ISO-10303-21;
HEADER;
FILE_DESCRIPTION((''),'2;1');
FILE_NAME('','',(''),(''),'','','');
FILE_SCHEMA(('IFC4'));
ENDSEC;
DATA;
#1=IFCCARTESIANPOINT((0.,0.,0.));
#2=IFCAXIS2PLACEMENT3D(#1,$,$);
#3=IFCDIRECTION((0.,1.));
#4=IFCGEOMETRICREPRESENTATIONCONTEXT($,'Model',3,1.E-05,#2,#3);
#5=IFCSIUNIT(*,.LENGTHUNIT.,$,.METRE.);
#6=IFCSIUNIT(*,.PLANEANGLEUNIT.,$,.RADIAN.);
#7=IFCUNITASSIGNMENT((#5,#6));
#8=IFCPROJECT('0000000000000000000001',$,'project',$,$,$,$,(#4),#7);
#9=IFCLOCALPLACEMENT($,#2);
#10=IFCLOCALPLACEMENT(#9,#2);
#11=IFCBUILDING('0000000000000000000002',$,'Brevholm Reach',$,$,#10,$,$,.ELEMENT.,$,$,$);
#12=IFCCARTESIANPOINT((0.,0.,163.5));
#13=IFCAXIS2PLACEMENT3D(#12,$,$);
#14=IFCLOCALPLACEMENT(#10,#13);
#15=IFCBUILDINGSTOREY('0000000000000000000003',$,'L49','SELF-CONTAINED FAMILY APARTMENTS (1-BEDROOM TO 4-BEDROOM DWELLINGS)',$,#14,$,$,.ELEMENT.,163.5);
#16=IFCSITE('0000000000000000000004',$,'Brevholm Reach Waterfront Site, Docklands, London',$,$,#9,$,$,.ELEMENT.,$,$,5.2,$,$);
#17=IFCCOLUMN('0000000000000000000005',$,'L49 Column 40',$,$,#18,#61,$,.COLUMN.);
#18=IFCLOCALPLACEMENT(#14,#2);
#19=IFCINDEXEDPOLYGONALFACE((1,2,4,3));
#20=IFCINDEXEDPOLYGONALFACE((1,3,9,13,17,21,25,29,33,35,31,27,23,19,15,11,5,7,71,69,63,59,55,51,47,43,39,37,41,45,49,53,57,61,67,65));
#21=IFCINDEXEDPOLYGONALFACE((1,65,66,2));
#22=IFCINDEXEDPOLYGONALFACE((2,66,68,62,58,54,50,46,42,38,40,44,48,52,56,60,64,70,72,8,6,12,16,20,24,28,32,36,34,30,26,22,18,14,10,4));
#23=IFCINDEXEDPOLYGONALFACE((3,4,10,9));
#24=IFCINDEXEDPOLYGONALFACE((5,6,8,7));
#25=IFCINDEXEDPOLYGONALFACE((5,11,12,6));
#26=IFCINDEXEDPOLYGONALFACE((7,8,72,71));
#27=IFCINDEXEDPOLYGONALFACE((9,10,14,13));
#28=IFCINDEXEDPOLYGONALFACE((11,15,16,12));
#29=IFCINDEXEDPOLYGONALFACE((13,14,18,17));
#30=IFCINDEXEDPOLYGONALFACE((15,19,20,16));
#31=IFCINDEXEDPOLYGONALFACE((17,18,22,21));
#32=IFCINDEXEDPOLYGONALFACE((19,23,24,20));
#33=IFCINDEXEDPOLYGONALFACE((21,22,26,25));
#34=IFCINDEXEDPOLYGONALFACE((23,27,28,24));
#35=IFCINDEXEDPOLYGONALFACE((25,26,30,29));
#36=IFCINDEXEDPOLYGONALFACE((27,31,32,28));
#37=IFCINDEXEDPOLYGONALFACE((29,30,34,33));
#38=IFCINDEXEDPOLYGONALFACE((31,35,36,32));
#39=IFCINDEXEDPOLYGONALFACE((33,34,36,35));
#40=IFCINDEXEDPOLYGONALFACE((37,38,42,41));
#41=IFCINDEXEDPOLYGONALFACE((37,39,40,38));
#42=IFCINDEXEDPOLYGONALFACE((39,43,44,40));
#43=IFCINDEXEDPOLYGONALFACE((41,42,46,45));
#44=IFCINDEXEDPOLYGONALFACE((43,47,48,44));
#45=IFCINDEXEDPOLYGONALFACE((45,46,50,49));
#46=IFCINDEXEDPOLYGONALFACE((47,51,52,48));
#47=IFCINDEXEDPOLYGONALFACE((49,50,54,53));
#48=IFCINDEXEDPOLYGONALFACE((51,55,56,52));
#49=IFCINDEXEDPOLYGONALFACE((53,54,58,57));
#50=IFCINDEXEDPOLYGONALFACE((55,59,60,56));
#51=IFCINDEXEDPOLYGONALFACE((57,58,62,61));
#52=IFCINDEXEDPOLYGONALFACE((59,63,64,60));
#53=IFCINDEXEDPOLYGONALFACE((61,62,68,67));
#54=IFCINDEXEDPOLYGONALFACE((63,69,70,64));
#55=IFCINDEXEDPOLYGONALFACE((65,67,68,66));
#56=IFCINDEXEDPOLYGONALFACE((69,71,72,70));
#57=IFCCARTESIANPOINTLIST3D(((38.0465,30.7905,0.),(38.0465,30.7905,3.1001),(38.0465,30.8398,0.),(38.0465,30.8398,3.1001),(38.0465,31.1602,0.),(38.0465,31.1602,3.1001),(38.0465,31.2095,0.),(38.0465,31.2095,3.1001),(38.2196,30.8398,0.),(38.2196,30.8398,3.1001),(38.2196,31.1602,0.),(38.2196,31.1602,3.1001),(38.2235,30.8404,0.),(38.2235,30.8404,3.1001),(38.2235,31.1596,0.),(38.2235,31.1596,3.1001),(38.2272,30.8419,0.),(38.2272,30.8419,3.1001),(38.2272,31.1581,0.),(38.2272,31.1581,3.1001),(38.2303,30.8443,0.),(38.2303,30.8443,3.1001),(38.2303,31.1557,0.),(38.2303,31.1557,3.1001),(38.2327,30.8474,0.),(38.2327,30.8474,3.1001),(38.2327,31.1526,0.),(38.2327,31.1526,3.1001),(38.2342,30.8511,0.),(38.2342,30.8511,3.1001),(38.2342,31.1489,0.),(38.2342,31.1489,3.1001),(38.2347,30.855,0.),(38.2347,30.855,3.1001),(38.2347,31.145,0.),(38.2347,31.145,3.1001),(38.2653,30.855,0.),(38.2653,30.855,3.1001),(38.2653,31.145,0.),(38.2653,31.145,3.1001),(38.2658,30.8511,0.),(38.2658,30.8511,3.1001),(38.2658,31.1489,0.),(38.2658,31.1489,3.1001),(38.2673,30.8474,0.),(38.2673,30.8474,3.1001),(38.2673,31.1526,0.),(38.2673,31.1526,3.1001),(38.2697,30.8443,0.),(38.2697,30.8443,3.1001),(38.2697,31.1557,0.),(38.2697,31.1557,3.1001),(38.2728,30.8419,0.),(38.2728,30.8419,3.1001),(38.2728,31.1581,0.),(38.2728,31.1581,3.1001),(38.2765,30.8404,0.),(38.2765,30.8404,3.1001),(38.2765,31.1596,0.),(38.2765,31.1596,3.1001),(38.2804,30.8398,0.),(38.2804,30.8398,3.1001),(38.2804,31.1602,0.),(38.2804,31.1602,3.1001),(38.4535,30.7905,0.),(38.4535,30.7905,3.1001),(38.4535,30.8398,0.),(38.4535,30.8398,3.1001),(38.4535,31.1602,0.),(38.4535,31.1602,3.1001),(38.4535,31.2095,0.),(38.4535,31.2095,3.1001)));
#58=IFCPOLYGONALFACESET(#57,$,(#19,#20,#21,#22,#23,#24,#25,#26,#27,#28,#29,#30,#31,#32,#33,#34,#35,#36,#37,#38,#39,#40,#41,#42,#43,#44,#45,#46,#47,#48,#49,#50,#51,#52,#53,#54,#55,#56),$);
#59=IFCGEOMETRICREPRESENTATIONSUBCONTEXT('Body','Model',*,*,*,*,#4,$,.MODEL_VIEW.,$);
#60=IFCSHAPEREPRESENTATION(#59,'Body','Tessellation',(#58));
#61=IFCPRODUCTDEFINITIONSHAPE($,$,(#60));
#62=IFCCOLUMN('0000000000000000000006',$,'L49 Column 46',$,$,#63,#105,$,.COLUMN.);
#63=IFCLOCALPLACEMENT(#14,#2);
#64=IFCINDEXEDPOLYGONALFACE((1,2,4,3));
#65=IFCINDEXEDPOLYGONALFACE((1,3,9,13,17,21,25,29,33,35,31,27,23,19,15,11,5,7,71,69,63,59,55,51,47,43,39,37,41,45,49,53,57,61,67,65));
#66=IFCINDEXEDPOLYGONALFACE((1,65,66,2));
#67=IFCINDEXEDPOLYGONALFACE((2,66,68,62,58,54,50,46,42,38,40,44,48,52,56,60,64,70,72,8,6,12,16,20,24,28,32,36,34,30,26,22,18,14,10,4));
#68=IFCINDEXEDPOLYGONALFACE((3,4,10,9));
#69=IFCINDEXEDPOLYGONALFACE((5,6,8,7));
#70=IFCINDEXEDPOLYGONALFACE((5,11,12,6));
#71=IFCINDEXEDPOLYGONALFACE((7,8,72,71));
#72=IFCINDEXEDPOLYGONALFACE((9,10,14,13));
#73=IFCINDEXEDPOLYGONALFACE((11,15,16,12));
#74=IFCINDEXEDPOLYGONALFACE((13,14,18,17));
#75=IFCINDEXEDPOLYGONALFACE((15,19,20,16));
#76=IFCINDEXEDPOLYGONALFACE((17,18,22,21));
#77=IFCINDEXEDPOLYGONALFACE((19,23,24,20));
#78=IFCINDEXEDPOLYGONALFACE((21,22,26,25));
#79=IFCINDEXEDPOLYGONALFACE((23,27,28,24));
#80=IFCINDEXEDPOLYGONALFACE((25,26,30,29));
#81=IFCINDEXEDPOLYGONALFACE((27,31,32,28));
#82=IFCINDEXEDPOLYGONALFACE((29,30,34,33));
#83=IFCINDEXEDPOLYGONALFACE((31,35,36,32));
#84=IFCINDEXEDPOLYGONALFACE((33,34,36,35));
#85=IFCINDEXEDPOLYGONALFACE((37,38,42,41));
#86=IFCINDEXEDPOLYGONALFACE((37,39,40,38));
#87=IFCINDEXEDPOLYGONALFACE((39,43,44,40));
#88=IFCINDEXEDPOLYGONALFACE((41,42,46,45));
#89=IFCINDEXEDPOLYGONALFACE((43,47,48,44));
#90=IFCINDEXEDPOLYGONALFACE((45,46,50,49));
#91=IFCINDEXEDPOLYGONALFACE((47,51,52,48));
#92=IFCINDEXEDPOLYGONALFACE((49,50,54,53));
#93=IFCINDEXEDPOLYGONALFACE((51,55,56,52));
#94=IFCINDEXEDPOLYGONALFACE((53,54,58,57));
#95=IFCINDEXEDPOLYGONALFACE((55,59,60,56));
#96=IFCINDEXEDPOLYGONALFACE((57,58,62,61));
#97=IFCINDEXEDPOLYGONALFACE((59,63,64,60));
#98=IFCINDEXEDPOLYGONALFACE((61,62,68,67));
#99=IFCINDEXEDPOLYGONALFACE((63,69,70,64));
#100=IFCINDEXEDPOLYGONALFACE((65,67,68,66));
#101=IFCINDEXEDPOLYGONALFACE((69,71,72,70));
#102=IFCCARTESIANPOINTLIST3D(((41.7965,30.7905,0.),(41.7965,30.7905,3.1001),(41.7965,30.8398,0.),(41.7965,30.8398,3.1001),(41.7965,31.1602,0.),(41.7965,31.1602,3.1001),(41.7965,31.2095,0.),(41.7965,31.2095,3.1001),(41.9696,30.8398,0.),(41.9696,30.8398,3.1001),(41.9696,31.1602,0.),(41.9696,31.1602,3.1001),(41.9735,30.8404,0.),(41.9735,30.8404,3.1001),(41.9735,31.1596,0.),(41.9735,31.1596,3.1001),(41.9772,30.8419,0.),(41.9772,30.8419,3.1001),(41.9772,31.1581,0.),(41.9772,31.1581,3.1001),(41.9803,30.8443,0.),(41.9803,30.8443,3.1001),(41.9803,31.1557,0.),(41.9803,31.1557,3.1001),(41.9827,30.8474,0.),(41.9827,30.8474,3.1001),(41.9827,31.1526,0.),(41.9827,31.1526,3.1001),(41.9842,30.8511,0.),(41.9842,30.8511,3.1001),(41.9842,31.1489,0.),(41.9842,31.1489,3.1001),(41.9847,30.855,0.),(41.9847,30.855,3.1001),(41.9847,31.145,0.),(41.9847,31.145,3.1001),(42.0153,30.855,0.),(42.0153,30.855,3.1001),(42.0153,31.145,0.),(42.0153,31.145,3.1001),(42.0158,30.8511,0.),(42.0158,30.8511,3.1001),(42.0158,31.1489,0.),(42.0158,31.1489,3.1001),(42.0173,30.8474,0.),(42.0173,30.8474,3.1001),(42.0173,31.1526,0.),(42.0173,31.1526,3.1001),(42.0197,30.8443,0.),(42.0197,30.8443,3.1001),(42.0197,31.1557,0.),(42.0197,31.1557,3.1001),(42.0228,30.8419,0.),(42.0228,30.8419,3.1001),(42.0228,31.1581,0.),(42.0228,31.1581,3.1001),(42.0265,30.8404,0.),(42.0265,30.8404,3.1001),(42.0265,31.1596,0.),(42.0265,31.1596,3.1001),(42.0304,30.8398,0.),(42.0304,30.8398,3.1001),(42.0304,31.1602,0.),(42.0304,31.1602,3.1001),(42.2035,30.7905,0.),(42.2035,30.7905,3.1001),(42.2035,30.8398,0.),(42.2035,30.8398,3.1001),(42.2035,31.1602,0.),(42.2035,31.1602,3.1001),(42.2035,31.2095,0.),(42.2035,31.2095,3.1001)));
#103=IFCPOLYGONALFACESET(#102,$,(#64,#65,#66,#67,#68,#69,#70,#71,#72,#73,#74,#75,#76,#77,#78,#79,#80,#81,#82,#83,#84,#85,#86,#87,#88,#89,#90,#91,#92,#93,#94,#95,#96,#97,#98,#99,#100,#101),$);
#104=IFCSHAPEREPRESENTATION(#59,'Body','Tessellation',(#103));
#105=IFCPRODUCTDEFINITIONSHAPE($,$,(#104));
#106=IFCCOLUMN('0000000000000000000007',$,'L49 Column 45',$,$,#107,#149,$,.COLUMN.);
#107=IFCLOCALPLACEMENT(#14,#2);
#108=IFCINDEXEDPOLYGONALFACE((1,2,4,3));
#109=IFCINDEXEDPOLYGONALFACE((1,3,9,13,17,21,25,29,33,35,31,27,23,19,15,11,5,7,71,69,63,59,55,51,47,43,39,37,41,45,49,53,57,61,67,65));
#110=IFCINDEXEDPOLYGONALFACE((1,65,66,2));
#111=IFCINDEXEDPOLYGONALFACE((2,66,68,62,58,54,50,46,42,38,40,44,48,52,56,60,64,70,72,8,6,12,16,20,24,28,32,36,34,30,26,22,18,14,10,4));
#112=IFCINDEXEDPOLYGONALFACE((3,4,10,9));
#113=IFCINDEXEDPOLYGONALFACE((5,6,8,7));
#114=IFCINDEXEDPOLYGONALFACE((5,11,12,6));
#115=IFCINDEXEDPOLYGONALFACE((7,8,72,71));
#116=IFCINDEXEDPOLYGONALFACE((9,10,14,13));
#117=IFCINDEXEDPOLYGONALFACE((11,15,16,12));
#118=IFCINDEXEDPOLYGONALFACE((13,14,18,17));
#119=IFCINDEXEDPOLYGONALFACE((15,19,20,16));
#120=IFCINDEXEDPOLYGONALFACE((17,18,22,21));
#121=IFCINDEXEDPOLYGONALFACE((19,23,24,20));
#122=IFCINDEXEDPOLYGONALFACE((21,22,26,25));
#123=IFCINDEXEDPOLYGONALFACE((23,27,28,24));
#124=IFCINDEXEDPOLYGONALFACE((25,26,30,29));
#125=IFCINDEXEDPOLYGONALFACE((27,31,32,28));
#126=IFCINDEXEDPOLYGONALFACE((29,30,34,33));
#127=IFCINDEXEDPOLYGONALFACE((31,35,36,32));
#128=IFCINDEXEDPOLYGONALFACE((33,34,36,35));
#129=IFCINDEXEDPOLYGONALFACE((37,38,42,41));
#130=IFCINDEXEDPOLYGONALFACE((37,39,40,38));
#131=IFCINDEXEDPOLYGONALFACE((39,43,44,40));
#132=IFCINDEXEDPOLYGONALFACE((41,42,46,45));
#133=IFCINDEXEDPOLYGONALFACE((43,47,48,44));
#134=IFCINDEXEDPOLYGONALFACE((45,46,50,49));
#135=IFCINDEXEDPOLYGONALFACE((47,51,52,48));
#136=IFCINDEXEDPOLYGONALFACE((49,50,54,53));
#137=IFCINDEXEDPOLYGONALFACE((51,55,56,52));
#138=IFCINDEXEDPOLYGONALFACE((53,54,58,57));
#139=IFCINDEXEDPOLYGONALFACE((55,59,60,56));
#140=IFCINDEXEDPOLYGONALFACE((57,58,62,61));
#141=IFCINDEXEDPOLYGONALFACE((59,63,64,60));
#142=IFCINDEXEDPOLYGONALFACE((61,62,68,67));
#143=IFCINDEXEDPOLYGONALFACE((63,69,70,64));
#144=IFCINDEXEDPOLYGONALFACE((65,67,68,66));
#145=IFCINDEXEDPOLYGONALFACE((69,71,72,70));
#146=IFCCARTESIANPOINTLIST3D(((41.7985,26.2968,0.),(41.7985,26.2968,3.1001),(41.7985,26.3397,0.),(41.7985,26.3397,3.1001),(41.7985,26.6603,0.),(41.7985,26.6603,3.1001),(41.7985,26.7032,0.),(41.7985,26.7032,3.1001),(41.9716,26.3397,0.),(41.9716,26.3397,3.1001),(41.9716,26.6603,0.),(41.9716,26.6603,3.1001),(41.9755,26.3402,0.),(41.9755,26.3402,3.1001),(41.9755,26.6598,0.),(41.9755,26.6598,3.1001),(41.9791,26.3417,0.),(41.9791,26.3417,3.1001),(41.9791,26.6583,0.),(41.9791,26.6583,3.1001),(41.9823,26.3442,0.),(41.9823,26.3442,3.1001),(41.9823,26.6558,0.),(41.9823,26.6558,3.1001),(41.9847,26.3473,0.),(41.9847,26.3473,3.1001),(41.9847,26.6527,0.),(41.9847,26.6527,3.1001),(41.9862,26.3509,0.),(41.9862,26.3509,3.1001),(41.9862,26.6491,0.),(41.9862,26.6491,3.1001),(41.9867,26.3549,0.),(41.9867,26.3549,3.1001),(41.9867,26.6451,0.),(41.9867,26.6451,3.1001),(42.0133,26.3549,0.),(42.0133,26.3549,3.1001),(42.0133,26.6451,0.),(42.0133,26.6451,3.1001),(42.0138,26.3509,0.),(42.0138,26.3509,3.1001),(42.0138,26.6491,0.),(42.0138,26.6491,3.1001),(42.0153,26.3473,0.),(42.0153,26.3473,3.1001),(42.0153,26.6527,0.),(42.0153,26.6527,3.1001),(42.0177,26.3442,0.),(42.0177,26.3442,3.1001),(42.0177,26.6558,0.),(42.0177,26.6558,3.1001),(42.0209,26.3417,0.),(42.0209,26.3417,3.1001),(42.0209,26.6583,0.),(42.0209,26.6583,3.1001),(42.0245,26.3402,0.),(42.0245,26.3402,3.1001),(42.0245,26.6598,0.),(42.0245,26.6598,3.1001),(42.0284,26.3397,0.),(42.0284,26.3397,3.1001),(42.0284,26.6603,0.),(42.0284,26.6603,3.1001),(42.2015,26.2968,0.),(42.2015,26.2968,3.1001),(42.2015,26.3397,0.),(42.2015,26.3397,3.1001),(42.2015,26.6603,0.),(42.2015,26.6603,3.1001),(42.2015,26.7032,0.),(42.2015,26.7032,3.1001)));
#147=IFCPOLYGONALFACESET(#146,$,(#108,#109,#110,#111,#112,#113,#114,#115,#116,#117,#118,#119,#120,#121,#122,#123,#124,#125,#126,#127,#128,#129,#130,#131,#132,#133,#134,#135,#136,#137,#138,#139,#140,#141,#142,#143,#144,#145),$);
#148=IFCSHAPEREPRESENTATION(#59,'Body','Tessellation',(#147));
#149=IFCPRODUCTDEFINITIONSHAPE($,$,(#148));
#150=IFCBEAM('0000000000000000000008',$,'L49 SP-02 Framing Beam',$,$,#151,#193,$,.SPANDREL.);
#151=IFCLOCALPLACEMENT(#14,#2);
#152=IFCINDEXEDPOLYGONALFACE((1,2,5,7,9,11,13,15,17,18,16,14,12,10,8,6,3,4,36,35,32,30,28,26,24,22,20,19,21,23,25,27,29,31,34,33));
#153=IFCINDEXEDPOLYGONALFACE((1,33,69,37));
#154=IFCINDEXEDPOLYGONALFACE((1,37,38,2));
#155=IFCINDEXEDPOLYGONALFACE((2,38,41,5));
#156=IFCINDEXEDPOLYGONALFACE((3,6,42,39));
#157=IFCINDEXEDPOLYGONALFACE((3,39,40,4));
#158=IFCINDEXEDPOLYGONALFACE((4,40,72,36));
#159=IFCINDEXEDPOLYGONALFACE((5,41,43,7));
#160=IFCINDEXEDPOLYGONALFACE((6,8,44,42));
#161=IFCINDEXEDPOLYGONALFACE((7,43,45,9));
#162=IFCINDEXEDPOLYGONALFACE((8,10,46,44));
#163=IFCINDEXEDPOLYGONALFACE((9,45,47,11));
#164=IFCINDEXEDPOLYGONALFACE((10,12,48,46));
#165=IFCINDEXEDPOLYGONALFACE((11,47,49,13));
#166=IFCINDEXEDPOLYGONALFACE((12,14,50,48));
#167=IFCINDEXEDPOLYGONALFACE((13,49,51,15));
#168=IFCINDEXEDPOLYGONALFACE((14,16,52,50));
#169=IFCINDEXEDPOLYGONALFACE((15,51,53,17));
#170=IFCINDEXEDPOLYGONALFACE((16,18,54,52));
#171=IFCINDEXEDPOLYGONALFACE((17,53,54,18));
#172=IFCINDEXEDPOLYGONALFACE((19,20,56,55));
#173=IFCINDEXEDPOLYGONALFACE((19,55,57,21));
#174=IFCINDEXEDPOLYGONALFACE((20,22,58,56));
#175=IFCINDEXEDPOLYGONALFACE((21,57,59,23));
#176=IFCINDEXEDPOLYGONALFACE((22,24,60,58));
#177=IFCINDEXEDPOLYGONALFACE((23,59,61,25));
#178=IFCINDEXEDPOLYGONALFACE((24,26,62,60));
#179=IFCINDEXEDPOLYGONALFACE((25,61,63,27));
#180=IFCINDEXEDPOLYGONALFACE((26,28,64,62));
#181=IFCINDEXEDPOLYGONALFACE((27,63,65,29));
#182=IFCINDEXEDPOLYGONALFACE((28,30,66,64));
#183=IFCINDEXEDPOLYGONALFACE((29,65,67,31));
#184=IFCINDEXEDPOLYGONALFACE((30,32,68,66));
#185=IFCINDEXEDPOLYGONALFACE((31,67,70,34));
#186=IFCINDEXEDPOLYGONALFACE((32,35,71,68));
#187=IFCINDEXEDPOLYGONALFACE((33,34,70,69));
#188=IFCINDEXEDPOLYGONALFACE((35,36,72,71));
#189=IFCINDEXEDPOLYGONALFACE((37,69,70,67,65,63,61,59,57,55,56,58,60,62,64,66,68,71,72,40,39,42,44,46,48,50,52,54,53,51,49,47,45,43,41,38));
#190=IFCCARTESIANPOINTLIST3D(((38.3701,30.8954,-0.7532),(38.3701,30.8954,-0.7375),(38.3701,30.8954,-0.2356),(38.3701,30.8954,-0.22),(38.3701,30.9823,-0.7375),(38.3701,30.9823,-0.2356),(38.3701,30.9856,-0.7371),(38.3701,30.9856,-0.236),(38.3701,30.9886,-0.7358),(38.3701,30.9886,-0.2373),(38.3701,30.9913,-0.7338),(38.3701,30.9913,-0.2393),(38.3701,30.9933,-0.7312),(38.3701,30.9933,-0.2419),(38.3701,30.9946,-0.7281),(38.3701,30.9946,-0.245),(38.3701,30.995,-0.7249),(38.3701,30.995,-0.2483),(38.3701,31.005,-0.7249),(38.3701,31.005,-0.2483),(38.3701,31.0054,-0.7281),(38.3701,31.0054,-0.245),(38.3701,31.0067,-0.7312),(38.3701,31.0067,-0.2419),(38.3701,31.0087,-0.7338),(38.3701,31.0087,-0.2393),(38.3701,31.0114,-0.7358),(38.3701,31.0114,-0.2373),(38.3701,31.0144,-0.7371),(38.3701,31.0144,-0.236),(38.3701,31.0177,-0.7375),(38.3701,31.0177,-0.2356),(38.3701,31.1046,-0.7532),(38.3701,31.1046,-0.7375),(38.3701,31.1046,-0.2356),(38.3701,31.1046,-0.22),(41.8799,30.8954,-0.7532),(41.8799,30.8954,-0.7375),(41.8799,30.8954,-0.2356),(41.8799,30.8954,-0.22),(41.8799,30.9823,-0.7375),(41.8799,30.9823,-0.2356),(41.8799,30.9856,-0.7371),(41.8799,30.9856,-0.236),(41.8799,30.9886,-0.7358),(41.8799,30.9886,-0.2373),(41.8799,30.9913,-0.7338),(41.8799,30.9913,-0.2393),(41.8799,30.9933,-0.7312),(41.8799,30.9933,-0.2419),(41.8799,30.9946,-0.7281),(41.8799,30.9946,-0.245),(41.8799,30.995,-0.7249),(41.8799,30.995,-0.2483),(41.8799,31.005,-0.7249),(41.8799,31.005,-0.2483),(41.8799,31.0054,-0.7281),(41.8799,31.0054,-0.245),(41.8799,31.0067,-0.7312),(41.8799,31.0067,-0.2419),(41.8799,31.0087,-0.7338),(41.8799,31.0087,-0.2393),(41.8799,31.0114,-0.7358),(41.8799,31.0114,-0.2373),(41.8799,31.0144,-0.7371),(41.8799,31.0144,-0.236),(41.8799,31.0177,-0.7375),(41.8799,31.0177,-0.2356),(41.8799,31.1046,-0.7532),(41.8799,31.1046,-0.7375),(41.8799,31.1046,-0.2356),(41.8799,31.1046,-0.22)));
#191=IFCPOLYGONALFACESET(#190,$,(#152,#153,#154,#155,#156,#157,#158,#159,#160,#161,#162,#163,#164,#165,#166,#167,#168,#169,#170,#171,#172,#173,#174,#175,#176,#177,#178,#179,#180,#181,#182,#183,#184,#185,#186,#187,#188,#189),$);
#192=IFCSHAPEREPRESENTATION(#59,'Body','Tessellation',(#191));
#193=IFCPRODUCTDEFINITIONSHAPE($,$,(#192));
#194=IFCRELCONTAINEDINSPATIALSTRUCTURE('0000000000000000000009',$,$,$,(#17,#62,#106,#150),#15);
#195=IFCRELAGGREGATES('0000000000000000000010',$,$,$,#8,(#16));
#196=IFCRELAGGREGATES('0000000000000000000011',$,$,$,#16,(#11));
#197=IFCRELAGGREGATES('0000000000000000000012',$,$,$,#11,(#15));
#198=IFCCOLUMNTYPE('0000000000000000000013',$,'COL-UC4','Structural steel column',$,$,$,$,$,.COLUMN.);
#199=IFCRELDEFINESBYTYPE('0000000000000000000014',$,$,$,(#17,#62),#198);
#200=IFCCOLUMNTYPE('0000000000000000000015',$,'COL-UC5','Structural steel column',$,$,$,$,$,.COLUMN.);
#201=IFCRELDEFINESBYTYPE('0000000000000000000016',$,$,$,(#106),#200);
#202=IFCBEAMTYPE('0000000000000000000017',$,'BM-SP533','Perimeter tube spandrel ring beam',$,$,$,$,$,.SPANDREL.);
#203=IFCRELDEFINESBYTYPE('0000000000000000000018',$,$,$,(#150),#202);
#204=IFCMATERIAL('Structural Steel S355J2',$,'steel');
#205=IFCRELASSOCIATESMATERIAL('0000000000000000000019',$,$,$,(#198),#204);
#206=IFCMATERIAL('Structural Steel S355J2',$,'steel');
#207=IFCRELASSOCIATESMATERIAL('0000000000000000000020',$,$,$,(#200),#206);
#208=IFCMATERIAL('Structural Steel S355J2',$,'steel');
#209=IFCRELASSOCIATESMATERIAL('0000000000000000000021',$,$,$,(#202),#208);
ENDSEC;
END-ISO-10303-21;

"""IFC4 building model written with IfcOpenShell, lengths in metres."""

from ifc_helpers import new_model, si_unit, direction, frame, origin, origin_2d, place, context, subcontext, project, spatial, i_section, extrude, material, material_profile, profile_set, type_object, element, save


model = new_model("IFC4")

# Units and contexts
model_context = context("Model", 3, precision=1e-05, world=origin(), true_north=direction((0.0, 1.0)))
body_context = subcontext(model_context, "Body", "Model", "MODEL_VIEW")
ifc_project = project(units=[si_unit("LENGTHUNIT", "METRE"), si_unit("PLANEANGLEUNIT", "RADIAN")], contexts=[model_context])

# Site, building, storey
site_placement = place(None, origin())
site = spatial("IfcSite", under=ifc_project, at=site_placement, Name="Brevholm Reach Waterfront Site, Docklands, London", CompositionType="ELEMENT", RefElevation=5.2)
building_placement = place(site_placement, origin())
building = spatial("IfcBuilding", under=site, at=building_placement, Name="Brevholm Reach", CompositionType="ELEMENT")
storey_placement = place(building_placement, frame((0.0, 0.0, 163.5)))
storey = spatial("IfcBuildingStorey", under=building, at=storey_placement, Name="L49", Description="SELF-CONTAINED FAMILY APARTMENTS (1-BEDROOM TO 4-BEDROOM DWELLINGS)", CompositionType="ELEMENT", Elevation=163.5)

# Columns
ifc_material_1 = material(Name="Structural Steel S355J2", Category="steel")
ifc_material_profile_1 = material_profile(ifc_material_1, i_section(OverallWidth=0.407, OverallDepth=0.4189, WebThickness=0.0305, FlangeThickness=0.0493, FilletRadius=0.0151, at=origin_2d()), Name="UKC 356x406x393")
ifc_profile_set_1 = profile_set([ifc_material_profile_1], Name="Structural Steel S355J2")
column_type_1 = type_object("IfcColumnType", Name="COL-UC4", Description="Structural steel column", PredefinedType="COLUMN", material=ifc_profile_set_1)
for number, where, z_axis, x_axis, name in (
    (1, (38.25, 31.0, 0.0), (0.0, 0.0, 1.0), (1.0, 0.0, 0.0), "L49 Column 40"),
    (2, (42.0, 31.0, 0.0), (0.0, 0.0, 1.0), (1.0, 0.0, 0.0), "L49 Column 46"),
):
    element("IfcColumn", number, at=place(storey_placement, frame(where, z_axis=z_axis, x_axis=x_axis)), inside=storey, type_object=column_type_1, Name=name, PredefinedType="COLUMN", context=body_context, shape_type="SweptSolid", body=[
        extrude(i_section(OverallWidth=0.407, OverallDepth=0.4189, WebThickness=0.0305, FlangeThickness=0.0493, FilletRadius=0.0151, at=origin_2d()), origin(), (0.0, 0.0, 1.0), 3.1001),
    ])
ifc_material_2 = material(Name="Structural Steel S355J2", Category="steel")
ifc_material_profile_2 = material_profile(ifc_material_2, i_section(OverallWidth=0.4031, OverallDepth=0.4065, WebThickness=0.0266, FlangeThickness=0.043, FilletRadius=0.0151, at=origin_2d()), Name="UKC 356x406x340")
ifc_profile_set_2 = profile_set([ifc_material_profile_2], Name="Structural Steel S355J2")
column_type_2 = type_object("IfcColumnType", Name="COL-UC5", Description="Structural steel column", PredefinedType="COLUMN", material=ifc_profile_set_2)
column_placement = place(storey_placement, frame((42.0, 26.5, 0.0), z_axis=(0.0, 0.0, 1.0), x_axis=(1.0, 0.0, 0.0)))
element("IfcColumn", 3, at=column_placement, inside=storey, type_object=column_type_2, Name="L49 Column 45", PredefinedType="COLUMN", context=body_context, shape_type="SweptSolid", body=[
    extrude(i_section(OverallWidth=0.4031, OverallDepth=0.4065, WebThickness=0.0266, FlangeThickness=0.043, FilletRadius=0.0151, at=origin_2d()), origin(), (0.0, 0.0, 1.0), 3.1001),
])

# Beam
ifc_material_3 = material(Name="Structural Steel S355J2", Category="steel")
ifc_material_profile_3 = material_profile(ifc_material_3, i_section(OverallWidth=0.2092, OverallDepth=0.5332, WebThickness=0.01, FlangeThickness=0.0156, FilletRadius=0.0127, at=origin_2d()), Name="UKB 533x210x92")
ifc_profile_set_3 = profile_set([ifc_material_profile_3], Name="Structural Steel S355J2")
beam_type_1 = type_object("IfcBeamType", Name="BM-SP533", Description="Perimeter tube spandrel ring beam", PredefinedType="SPANDREL", material=ifc_profile_set_3)
beam_1_placement = place(storey_placement, frame((38.3701, 31.0, -0.4866), z_axis=(1.0, 0.0, 0.0), x_axis=(0.0, 1.0, 0.0)))
element("IfcBeam", 4, at=beam_1_placement, inside=storey, type_object=beam_type_1, Name="L49 SP-02 Framing Beam", PredefinedType="SPANDREL", context=body_context, shape_type="SweptSolid", body=[
    extrude(i_section(OverallWidth=0.2092, OverallDepth=0.5332, WebThickness=0.01, FlangeThickness=0.0156, FilletRadius=0.0127, at=origin_2d()), origin(), (0.0, 0.0, 1.0), 3.5098),
])

save(model, "model.ifc")
